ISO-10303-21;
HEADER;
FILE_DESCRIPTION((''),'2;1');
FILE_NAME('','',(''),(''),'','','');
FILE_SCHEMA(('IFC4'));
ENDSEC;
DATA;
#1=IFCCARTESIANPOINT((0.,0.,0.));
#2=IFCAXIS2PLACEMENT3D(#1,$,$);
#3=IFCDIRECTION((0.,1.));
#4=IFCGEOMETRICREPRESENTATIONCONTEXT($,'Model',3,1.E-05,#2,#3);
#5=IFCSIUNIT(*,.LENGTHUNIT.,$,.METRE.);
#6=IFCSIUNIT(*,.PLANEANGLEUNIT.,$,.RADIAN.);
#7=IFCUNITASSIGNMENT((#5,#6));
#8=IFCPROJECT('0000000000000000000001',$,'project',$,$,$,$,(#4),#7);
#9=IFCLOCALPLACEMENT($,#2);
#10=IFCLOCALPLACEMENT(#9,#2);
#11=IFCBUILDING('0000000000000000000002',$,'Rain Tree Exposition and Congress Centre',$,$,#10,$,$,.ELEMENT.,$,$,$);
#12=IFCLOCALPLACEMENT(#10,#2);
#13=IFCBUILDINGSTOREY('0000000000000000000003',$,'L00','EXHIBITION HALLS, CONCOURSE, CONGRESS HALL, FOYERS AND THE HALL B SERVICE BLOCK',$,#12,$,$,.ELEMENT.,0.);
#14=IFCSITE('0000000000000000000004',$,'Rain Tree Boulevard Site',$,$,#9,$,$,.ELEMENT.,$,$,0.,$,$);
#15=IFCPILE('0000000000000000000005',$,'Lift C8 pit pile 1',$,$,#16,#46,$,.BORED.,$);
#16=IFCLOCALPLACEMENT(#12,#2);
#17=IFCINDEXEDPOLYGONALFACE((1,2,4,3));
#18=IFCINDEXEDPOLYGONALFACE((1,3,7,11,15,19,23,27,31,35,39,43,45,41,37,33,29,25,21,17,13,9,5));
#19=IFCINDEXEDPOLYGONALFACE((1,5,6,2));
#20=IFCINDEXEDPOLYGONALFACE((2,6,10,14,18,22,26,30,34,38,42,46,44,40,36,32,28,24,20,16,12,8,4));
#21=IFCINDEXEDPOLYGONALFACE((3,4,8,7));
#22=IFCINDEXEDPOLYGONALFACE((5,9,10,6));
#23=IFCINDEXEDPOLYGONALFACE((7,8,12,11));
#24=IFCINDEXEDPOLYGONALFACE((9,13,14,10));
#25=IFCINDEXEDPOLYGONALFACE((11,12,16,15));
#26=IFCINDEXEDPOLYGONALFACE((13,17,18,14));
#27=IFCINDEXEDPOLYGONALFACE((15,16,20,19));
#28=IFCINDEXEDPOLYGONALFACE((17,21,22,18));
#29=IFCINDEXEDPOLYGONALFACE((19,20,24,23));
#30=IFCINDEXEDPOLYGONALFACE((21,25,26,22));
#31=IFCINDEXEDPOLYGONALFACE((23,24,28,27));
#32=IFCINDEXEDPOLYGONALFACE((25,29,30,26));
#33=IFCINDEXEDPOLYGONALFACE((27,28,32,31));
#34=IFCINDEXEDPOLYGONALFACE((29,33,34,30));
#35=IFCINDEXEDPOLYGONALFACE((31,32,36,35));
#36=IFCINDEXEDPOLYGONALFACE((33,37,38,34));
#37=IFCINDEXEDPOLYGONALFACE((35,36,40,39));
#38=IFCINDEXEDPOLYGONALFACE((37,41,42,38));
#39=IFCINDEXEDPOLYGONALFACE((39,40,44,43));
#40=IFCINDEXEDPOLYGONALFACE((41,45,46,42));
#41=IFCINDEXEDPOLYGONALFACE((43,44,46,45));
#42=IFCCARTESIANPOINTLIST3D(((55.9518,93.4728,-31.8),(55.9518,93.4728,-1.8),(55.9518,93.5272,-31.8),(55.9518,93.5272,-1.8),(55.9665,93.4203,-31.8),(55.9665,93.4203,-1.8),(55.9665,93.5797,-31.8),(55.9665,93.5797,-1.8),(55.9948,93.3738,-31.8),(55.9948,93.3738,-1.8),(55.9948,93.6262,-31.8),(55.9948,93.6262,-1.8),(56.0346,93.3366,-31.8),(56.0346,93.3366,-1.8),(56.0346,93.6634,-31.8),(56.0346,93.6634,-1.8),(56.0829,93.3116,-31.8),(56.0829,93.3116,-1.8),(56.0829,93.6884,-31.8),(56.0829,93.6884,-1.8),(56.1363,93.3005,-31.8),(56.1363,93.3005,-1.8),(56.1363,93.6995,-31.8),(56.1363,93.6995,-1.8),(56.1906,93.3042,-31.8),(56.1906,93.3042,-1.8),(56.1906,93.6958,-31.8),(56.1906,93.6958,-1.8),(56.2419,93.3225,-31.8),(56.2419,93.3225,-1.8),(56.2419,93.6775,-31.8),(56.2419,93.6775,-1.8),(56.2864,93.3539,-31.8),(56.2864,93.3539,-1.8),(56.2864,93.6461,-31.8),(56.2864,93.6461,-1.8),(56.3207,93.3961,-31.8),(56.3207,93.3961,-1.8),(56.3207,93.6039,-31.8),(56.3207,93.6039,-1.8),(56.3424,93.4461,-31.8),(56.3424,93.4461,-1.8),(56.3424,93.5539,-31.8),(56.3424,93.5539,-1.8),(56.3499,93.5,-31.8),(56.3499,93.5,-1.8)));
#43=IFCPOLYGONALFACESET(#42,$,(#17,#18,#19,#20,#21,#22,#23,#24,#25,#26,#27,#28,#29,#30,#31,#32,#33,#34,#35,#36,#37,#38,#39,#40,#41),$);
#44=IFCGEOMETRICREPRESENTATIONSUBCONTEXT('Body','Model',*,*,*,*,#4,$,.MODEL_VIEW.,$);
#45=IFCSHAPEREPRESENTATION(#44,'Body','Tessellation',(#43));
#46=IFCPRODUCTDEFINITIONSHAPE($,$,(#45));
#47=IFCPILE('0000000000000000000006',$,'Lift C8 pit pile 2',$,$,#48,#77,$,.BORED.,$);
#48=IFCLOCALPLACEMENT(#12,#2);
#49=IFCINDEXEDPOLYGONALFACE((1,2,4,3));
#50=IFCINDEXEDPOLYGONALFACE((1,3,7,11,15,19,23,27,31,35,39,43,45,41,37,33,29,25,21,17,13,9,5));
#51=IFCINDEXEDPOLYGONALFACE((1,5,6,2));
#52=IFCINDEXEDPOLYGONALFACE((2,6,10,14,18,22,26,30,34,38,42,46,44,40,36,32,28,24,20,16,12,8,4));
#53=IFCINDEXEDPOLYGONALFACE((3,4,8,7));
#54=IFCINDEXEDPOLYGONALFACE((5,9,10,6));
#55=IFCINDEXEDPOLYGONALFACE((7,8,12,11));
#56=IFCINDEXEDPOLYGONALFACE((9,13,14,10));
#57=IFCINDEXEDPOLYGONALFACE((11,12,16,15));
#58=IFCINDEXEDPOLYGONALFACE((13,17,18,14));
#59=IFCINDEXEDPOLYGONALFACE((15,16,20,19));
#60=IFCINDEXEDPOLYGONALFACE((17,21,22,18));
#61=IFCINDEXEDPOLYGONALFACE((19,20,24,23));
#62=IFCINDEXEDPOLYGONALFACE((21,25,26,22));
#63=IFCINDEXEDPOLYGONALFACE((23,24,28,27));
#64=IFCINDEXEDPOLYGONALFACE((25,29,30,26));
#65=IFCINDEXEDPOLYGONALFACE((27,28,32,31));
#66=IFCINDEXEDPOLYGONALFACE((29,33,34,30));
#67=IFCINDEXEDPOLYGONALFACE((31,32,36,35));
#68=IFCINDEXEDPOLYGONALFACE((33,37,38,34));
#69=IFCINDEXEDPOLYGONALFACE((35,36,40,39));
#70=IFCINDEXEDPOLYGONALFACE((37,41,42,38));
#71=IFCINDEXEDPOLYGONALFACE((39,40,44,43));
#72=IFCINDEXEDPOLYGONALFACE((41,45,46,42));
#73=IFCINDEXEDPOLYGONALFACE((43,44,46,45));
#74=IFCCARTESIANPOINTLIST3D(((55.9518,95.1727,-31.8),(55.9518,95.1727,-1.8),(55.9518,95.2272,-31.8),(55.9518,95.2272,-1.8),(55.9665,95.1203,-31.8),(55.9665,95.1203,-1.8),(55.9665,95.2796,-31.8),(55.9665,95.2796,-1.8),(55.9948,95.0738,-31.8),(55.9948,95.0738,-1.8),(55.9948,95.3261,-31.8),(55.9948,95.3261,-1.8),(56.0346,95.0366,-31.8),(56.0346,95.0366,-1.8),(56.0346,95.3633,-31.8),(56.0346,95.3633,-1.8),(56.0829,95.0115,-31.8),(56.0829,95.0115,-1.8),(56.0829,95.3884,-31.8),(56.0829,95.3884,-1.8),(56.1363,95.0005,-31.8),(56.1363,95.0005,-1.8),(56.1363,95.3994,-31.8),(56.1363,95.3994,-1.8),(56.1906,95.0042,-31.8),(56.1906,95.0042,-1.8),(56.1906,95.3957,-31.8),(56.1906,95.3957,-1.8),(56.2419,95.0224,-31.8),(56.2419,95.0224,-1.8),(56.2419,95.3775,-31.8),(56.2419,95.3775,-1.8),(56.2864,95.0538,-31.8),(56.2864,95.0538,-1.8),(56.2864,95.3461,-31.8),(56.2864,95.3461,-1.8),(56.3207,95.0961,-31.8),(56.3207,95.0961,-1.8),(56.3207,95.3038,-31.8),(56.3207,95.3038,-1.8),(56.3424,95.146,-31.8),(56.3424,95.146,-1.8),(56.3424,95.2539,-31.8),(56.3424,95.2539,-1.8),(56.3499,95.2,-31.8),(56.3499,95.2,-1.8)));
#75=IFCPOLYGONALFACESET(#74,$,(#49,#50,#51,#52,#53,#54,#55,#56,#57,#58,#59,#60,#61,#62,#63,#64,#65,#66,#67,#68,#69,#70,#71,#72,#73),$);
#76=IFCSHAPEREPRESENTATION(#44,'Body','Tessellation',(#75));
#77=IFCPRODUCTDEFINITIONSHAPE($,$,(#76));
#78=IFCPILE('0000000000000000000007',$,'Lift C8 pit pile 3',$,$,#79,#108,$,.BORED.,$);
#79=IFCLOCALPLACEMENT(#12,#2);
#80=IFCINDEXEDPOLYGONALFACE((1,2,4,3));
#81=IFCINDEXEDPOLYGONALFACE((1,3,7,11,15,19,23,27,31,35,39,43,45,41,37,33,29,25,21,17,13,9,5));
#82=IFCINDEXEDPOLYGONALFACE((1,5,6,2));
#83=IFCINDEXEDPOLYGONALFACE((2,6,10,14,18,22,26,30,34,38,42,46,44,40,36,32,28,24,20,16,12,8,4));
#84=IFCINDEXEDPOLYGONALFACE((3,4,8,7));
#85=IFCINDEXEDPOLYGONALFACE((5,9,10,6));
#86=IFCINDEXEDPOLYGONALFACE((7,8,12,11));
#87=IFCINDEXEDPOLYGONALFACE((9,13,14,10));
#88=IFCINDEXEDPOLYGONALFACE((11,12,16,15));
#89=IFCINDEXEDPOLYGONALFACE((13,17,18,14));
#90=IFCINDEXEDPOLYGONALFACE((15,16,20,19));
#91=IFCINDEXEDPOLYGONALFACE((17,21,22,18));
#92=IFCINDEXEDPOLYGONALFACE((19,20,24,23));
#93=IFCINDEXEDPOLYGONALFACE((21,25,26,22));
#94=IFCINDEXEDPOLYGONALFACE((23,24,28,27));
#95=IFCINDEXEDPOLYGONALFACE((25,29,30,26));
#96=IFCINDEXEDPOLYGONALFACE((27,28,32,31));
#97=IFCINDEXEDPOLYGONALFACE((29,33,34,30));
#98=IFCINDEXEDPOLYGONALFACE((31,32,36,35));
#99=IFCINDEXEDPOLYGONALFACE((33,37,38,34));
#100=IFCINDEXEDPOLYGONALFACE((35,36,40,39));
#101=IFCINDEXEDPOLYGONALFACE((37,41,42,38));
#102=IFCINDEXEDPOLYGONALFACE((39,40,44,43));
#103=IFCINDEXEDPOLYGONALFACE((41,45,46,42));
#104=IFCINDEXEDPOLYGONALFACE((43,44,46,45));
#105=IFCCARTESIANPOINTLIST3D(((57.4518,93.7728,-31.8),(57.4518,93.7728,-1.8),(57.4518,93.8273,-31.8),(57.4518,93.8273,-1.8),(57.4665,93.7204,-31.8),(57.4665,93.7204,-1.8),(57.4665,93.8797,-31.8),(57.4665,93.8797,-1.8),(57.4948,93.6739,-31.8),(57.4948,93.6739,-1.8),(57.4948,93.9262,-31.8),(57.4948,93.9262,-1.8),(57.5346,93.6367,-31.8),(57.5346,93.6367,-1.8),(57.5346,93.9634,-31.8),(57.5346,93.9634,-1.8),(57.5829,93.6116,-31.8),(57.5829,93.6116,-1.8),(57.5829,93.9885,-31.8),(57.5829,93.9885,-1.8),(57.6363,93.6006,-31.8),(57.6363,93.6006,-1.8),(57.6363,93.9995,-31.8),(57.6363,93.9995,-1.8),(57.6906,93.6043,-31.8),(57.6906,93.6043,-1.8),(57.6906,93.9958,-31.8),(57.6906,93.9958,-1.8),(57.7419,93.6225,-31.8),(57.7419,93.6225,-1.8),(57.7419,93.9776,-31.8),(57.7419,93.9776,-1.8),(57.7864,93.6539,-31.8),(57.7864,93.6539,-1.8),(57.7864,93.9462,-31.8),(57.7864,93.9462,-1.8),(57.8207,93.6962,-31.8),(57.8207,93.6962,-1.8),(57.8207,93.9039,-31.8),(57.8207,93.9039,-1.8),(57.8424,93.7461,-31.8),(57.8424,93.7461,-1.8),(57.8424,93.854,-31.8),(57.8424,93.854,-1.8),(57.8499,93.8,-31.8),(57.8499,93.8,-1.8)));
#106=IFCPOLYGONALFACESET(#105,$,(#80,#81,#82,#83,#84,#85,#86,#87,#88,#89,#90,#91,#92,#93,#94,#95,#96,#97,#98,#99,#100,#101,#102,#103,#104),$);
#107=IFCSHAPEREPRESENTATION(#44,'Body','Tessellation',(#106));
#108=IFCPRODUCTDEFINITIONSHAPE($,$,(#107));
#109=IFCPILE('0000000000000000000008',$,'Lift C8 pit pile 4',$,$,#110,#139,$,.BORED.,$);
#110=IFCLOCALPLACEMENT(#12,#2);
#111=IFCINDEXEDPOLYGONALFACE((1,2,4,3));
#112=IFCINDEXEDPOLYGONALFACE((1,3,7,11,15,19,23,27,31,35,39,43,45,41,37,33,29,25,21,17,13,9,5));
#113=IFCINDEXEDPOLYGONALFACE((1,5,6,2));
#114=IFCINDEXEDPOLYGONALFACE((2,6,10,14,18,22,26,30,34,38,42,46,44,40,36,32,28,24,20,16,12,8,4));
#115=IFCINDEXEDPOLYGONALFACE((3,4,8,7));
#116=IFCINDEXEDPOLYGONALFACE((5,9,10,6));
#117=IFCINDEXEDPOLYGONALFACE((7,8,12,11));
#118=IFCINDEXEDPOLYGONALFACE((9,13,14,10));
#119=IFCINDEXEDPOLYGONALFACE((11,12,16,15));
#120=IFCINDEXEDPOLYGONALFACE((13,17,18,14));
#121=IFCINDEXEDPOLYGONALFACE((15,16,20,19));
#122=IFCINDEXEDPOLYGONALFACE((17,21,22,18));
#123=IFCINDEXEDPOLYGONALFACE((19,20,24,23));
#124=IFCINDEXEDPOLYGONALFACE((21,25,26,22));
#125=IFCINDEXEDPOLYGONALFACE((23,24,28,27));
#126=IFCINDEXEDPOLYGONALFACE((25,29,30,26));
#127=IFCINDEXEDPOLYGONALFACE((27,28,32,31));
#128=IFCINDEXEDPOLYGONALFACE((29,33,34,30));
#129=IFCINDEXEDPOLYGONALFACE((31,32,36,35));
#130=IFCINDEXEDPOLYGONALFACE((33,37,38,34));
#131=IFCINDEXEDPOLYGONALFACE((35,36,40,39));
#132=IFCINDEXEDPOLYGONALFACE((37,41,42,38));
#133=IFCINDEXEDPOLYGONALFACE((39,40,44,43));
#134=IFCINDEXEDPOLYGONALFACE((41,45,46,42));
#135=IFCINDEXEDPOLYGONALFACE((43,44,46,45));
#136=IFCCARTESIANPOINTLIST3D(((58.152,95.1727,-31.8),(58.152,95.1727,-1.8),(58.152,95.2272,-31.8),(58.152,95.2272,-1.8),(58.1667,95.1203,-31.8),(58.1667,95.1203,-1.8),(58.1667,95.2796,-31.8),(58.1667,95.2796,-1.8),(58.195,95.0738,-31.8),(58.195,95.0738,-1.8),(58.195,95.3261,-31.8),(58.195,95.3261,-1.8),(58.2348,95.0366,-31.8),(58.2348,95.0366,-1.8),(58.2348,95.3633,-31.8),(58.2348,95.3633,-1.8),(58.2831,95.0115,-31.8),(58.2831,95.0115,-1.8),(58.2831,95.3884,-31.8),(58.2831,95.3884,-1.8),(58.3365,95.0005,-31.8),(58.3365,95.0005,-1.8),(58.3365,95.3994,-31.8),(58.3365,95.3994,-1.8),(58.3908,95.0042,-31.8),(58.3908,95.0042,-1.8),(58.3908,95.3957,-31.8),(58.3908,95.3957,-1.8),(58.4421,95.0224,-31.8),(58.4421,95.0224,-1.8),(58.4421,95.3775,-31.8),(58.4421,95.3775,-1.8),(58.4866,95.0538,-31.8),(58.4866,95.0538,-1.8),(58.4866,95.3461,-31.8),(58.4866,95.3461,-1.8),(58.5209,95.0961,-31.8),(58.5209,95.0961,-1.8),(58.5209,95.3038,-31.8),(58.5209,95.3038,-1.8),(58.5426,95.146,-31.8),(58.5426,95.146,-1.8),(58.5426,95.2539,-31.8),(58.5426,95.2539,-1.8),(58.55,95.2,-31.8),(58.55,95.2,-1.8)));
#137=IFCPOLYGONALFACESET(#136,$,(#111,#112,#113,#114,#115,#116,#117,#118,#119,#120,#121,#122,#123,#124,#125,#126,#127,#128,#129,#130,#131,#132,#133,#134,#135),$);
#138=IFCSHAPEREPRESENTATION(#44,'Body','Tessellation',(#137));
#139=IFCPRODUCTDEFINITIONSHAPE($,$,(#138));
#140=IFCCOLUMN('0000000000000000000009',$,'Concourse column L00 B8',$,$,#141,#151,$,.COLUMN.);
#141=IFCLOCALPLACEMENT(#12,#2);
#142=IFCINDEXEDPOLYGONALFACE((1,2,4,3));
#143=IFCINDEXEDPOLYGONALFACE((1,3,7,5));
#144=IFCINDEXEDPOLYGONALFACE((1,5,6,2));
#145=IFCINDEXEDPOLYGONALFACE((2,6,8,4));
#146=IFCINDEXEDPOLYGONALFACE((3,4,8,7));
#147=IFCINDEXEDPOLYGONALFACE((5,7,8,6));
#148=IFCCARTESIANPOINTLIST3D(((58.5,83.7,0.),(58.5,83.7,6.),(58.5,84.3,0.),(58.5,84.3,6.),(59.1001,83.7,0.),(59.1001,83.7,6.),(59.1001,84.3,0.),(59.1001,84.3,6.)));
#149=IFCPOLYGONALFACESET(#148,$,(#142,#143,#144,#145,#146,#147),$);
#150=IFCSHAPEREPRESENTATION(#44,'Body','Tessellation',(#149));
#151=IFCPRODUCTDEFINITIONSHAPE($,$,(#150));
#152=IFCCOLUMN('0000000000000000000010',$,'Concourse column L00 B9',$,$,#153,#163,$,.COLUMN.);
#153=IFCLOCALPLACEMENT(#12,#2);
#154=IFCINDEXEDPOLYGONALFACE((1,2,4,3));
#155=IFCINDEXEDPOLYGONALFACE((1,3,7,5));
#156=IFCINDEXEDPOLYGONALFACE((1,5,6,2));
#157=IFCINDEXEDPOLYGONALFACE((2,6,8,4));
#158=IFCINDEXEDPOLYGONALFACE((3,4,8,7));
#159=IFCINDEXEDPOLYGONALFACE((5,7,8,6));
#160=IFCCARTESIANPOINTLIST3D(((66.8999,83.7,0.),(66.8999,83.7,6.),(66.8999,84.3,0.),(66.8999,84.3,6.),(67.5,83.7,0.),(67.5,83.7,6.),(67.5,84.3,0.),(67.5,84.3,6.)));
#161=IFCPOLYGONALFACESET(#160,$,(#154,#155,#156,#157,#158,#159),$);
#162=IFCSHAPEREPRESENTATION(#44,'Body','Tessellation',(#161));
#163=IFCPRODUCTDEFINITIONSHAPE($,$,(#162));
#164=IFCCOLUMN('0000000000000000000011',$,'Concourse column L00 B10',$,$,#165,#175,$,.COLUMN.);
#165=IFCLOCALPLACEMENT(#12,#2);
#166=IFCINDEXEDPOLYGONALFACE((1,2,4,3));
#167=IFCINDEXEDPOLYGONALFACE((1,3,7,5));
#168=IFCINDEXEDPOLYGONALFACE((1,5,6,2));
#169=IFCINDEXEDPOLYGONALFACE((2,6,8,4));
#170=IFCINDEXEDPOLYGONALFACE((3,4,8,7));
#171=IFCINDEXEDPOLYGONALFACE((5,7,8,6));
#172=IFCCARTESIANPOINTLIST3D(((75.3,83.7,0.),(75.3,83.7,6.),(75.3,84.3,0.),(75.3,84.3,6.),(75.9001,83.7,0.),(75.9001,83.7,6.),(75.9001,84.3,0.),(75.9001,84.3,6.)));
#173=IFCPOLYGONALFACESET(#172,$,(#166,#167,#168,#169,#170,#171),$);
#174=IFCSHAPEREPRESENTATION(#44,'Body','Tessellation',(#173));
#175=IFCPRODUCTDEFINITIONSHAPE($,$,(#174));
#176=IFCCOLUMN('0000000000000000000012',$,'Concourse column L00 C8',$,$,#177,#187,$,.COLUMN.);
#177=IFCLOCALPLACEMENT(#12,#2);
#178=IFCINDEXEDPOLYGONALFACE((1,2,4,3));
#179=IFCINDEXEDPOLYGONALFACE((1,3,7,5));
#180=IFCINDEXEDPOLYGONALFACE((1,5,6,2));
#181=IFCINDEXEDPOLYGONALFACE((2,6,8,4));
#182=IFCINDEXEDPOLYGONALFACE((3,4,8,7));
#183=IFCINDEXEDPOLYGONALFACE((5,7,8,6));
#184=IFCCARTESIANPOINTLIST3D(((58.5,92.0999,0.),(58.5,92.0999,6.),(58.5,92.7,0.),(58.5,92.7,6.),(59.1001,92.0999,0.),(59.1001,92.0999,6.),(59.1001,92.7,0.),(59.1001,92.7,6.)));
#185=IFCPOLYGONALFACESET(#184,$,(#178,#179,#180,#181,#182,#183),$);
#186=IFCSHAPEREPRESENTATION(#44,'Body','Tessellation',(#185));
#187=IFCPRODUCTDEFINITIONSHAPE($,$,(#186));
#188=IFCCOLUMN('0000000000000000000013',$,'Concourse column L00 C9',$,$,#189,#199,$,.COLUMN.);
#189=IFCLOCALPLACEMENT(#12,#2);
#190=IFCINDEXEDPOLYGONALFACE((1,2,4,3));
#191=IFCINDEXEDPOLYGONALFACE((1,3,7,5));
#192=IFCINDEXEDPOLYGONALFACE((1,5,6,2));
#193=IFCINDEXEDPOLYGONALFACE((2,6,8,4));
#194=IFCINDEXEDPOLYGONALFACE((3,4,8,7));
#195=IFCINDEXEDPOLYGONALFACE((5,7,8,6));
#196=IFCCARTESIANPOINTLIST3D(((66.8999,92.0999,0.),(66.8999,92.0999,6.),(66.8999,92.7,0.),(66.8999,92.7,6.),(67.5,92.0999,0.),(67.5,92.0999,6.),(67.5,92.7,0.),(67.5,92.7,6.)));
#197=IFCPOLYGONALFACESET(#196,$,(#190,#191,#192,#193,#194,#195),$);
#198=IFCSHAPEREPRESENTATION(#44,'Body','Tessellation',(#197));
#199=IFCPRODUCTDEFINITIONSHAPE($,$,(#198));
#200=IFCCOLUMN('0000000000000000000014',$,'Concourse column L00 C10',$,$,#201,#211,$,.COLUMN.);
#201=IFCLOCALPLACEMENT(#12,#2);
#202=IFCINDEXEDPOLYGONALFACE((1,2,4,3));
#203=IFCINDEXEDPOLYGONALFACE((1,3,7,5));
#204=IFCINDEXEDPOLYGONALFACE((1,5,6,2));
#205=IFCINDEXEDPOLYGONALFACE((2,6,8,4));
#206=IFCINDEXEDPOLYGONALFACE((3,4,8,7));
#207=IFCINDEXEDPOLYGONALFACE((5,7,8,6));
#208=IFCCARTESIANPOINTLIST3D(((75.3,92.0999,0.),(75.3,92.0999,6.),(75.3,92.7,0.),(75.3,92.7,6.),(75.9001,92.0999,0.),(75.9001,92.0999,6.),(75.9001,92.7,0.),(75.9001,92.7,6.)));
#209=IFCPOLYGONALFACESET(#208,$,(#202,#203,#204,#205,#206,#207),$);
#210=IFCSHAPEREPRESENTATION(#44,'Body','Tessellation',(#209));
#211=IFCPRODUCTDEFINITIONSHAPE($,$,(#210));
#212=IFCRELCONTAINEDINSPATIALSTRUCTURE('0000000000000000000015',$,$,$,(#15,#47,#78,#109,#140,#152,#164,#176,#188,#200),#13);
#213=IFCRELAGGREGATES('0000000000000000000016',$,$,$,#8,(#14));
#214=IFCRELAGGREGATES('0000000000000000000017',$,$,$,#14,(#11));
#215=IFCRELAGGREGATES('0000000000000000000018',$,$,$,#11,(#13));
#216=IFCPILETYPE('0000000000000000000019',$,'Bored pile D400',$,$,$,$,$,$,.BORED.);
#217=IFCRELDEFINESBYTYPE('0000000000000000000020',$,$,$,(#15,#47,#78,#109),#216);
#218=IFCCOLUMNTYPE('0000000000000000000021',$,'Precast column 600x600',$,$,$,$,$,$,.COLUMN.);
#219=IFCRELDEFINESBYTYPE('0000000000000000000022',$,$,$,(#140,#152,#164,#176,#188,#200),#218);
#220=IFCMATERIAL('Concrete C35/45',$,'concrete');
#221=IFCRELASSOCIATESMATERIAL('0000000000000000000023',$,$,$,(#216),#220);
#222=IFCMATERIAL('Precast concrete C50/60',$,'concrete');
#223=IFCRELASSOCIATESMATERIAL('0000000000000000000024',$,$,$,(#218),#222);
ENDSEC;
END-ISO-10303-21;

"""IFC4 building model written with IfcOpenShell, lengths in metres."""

from ifc_helpers import new_model, si_unit, direction, frame, origin, origin_2d, place, context, subcontext, project, spatial, rectangle, circle, extrude, material, material_profile, profile_set, type_object, element, save


model = new_model("IFC4")

# Units and contexts
model_context = context("Model", 3, precision=1e-05, world=origin(), true_north=direction((0.0, 1.0)))
body_context = subcontext(model_context, "Body", "Model", "MODEL_VIEW")
ifc_project = project(units=[si_unit("LENGTHUNIT", "METRE"), si_unit("PLANEANGLEUNIT", "RADIAN")], contexts=[model_context])

# Site, building, storey
site_placement = place(None, origin())
site = spatial("IfcSite", under=ifc_project, at=site_placement, Name="Rain Tree Boulevard Site", CompositionType="ELEMENT", RefElevation=0.0)
building_placement = place(site_placement, origin())
building = spatial("IfcBuilding", under=site, at=building_placement, Name="Rain Tree Exposition and Congress Centre", CompositionType="ELEMENT")
storey_placement = place(building_placement, origin())
storey = spatial("IfcBuildingStorey", under=building, at=storey_placement, Name="L00", Description="EXHIBITION HALLS, CONCOURSE, CONGRESS HALL, FOYERS AND THE HALL B SERVICE BLOCK", CompositionType="ELEMENT", Elevation=0.0)

# Piles
ifc_material_1 = material(Name="Concrete C35/45", Category="concrete")
ifc_material_profile_1 = material_profile(ifc_material_1, circle(Radius=0.2, at=origin_2d()), Name="D400")
ifc_profile_set_1 = profile_set([ifc_material_profile_1], Name="Concrete C35/45")
pile_type = type_object("IfcPileType", Name="Bored pile D400", PredefinedType="BORED", material=ifc_profile_set_1)
for number, where, z_axis, x_axis, name in (
    (1, (56.1499, 93.5, -1.8), (0.0, 0.0, -1.0), (1.0, 0.0, 0.0), "Lift C8 pit pile 1"),
    (2, (56.1499, 95.2, -1.8), (0.0, 0.0, -1.0), (1.0, 0.0, 0.0), "Lift C8 pit pile 2"),
    (3, (57.6499, 93.8, -1.8), (0.0, 0.0, -1.0), (1.0, 0.0, 0.0), "Lift C8 pit pile 3"),
    (4, (58.3501, 95.2, -1.8), (0.0, 0.0, -1.0), (1.0, 0.0, 0.0), "Lift C8 pit pile 4"),
):
    element("IfcPile", number, at=place(storey_placement, frame(where, z_axis=z_axis, x_axis=x_axis)), inside=storey, type_object=pile_type, Name=name, PredefinedType="BORED", context=body_context, shape_type="SweptSolid", body=[
        extrude(circle(Radius=0.2, at=origin_2d()), origin(), (0.0, 0.0, 1.0), 30.0),
    ])

# Columns
ifc_material_2 = material(Name="Precast concrete C50/60", Category="concrete")
ifc_material_profile_2 = material_profile(ifc_material_2, rectangle(XDim=0.6001, YDim=0.6001, at=origin_2d()), Name="RC 600x600")
ifc_profile_set_2 = profile_set([ifc_material_profile_2], Name="Precast concrete C50/60")
column_type = type_object("IfcColumnType", Name="Precast column 600x600", PredefinedType="COLUMN", material=ifc_profile_set_2)
for number, where, z_axis, x_axis, name in (
    (5, (58.8, 84.0, 0.0), (0.0, 0.0, 1.0), (1.0, 0.0, 0.0), "Concourse column L00 B8"),
    (6, (67.2, 84.0, 0.0), (0.0, 0.0, 1.0), (1.0, 0.0, 0.0), "Concourse column L00 B9"),
    (7, (75.6001, 84.0, 0.0), (0.0, 0.0, 1.0), (1.0, 0.0, 0.0), "Concourse column L00 B10"),
    (8, (58.8, 92.3999, 0.0), (0.0, 0.0, 1.0), (1.0, 0.0, 0.0), "Concourse column L00 C8"),
    (9, (67.2, 92.3999, 0.0), (0.0, 0.0, 1.0), (1.0, 0.0, 0.0), "Concourse column L00 C9"),
    (10, (75.6001, 92.3999, 0.0), (0.0, 0.0, 1.0), (1.0, 0.0, 0.0), "Concourse column L00 C10"),
):
    element("IfcColumn", number, at=place(storey_placement, frame(where, z_axis=z_axis, x_axis=x_axis)), inside=storey, type_object=column_type, Name=name, PredefinedType="COLUMN", context=body_context, shape_type="SweptSolid", body=[
        extrude(rectangle(XDim=0.6001, YDim=0.6001, at=origin_2d()), origin(), (0.0, 0.0, 1.0), 6.0),
    ])

save(model, "model.ifc")
